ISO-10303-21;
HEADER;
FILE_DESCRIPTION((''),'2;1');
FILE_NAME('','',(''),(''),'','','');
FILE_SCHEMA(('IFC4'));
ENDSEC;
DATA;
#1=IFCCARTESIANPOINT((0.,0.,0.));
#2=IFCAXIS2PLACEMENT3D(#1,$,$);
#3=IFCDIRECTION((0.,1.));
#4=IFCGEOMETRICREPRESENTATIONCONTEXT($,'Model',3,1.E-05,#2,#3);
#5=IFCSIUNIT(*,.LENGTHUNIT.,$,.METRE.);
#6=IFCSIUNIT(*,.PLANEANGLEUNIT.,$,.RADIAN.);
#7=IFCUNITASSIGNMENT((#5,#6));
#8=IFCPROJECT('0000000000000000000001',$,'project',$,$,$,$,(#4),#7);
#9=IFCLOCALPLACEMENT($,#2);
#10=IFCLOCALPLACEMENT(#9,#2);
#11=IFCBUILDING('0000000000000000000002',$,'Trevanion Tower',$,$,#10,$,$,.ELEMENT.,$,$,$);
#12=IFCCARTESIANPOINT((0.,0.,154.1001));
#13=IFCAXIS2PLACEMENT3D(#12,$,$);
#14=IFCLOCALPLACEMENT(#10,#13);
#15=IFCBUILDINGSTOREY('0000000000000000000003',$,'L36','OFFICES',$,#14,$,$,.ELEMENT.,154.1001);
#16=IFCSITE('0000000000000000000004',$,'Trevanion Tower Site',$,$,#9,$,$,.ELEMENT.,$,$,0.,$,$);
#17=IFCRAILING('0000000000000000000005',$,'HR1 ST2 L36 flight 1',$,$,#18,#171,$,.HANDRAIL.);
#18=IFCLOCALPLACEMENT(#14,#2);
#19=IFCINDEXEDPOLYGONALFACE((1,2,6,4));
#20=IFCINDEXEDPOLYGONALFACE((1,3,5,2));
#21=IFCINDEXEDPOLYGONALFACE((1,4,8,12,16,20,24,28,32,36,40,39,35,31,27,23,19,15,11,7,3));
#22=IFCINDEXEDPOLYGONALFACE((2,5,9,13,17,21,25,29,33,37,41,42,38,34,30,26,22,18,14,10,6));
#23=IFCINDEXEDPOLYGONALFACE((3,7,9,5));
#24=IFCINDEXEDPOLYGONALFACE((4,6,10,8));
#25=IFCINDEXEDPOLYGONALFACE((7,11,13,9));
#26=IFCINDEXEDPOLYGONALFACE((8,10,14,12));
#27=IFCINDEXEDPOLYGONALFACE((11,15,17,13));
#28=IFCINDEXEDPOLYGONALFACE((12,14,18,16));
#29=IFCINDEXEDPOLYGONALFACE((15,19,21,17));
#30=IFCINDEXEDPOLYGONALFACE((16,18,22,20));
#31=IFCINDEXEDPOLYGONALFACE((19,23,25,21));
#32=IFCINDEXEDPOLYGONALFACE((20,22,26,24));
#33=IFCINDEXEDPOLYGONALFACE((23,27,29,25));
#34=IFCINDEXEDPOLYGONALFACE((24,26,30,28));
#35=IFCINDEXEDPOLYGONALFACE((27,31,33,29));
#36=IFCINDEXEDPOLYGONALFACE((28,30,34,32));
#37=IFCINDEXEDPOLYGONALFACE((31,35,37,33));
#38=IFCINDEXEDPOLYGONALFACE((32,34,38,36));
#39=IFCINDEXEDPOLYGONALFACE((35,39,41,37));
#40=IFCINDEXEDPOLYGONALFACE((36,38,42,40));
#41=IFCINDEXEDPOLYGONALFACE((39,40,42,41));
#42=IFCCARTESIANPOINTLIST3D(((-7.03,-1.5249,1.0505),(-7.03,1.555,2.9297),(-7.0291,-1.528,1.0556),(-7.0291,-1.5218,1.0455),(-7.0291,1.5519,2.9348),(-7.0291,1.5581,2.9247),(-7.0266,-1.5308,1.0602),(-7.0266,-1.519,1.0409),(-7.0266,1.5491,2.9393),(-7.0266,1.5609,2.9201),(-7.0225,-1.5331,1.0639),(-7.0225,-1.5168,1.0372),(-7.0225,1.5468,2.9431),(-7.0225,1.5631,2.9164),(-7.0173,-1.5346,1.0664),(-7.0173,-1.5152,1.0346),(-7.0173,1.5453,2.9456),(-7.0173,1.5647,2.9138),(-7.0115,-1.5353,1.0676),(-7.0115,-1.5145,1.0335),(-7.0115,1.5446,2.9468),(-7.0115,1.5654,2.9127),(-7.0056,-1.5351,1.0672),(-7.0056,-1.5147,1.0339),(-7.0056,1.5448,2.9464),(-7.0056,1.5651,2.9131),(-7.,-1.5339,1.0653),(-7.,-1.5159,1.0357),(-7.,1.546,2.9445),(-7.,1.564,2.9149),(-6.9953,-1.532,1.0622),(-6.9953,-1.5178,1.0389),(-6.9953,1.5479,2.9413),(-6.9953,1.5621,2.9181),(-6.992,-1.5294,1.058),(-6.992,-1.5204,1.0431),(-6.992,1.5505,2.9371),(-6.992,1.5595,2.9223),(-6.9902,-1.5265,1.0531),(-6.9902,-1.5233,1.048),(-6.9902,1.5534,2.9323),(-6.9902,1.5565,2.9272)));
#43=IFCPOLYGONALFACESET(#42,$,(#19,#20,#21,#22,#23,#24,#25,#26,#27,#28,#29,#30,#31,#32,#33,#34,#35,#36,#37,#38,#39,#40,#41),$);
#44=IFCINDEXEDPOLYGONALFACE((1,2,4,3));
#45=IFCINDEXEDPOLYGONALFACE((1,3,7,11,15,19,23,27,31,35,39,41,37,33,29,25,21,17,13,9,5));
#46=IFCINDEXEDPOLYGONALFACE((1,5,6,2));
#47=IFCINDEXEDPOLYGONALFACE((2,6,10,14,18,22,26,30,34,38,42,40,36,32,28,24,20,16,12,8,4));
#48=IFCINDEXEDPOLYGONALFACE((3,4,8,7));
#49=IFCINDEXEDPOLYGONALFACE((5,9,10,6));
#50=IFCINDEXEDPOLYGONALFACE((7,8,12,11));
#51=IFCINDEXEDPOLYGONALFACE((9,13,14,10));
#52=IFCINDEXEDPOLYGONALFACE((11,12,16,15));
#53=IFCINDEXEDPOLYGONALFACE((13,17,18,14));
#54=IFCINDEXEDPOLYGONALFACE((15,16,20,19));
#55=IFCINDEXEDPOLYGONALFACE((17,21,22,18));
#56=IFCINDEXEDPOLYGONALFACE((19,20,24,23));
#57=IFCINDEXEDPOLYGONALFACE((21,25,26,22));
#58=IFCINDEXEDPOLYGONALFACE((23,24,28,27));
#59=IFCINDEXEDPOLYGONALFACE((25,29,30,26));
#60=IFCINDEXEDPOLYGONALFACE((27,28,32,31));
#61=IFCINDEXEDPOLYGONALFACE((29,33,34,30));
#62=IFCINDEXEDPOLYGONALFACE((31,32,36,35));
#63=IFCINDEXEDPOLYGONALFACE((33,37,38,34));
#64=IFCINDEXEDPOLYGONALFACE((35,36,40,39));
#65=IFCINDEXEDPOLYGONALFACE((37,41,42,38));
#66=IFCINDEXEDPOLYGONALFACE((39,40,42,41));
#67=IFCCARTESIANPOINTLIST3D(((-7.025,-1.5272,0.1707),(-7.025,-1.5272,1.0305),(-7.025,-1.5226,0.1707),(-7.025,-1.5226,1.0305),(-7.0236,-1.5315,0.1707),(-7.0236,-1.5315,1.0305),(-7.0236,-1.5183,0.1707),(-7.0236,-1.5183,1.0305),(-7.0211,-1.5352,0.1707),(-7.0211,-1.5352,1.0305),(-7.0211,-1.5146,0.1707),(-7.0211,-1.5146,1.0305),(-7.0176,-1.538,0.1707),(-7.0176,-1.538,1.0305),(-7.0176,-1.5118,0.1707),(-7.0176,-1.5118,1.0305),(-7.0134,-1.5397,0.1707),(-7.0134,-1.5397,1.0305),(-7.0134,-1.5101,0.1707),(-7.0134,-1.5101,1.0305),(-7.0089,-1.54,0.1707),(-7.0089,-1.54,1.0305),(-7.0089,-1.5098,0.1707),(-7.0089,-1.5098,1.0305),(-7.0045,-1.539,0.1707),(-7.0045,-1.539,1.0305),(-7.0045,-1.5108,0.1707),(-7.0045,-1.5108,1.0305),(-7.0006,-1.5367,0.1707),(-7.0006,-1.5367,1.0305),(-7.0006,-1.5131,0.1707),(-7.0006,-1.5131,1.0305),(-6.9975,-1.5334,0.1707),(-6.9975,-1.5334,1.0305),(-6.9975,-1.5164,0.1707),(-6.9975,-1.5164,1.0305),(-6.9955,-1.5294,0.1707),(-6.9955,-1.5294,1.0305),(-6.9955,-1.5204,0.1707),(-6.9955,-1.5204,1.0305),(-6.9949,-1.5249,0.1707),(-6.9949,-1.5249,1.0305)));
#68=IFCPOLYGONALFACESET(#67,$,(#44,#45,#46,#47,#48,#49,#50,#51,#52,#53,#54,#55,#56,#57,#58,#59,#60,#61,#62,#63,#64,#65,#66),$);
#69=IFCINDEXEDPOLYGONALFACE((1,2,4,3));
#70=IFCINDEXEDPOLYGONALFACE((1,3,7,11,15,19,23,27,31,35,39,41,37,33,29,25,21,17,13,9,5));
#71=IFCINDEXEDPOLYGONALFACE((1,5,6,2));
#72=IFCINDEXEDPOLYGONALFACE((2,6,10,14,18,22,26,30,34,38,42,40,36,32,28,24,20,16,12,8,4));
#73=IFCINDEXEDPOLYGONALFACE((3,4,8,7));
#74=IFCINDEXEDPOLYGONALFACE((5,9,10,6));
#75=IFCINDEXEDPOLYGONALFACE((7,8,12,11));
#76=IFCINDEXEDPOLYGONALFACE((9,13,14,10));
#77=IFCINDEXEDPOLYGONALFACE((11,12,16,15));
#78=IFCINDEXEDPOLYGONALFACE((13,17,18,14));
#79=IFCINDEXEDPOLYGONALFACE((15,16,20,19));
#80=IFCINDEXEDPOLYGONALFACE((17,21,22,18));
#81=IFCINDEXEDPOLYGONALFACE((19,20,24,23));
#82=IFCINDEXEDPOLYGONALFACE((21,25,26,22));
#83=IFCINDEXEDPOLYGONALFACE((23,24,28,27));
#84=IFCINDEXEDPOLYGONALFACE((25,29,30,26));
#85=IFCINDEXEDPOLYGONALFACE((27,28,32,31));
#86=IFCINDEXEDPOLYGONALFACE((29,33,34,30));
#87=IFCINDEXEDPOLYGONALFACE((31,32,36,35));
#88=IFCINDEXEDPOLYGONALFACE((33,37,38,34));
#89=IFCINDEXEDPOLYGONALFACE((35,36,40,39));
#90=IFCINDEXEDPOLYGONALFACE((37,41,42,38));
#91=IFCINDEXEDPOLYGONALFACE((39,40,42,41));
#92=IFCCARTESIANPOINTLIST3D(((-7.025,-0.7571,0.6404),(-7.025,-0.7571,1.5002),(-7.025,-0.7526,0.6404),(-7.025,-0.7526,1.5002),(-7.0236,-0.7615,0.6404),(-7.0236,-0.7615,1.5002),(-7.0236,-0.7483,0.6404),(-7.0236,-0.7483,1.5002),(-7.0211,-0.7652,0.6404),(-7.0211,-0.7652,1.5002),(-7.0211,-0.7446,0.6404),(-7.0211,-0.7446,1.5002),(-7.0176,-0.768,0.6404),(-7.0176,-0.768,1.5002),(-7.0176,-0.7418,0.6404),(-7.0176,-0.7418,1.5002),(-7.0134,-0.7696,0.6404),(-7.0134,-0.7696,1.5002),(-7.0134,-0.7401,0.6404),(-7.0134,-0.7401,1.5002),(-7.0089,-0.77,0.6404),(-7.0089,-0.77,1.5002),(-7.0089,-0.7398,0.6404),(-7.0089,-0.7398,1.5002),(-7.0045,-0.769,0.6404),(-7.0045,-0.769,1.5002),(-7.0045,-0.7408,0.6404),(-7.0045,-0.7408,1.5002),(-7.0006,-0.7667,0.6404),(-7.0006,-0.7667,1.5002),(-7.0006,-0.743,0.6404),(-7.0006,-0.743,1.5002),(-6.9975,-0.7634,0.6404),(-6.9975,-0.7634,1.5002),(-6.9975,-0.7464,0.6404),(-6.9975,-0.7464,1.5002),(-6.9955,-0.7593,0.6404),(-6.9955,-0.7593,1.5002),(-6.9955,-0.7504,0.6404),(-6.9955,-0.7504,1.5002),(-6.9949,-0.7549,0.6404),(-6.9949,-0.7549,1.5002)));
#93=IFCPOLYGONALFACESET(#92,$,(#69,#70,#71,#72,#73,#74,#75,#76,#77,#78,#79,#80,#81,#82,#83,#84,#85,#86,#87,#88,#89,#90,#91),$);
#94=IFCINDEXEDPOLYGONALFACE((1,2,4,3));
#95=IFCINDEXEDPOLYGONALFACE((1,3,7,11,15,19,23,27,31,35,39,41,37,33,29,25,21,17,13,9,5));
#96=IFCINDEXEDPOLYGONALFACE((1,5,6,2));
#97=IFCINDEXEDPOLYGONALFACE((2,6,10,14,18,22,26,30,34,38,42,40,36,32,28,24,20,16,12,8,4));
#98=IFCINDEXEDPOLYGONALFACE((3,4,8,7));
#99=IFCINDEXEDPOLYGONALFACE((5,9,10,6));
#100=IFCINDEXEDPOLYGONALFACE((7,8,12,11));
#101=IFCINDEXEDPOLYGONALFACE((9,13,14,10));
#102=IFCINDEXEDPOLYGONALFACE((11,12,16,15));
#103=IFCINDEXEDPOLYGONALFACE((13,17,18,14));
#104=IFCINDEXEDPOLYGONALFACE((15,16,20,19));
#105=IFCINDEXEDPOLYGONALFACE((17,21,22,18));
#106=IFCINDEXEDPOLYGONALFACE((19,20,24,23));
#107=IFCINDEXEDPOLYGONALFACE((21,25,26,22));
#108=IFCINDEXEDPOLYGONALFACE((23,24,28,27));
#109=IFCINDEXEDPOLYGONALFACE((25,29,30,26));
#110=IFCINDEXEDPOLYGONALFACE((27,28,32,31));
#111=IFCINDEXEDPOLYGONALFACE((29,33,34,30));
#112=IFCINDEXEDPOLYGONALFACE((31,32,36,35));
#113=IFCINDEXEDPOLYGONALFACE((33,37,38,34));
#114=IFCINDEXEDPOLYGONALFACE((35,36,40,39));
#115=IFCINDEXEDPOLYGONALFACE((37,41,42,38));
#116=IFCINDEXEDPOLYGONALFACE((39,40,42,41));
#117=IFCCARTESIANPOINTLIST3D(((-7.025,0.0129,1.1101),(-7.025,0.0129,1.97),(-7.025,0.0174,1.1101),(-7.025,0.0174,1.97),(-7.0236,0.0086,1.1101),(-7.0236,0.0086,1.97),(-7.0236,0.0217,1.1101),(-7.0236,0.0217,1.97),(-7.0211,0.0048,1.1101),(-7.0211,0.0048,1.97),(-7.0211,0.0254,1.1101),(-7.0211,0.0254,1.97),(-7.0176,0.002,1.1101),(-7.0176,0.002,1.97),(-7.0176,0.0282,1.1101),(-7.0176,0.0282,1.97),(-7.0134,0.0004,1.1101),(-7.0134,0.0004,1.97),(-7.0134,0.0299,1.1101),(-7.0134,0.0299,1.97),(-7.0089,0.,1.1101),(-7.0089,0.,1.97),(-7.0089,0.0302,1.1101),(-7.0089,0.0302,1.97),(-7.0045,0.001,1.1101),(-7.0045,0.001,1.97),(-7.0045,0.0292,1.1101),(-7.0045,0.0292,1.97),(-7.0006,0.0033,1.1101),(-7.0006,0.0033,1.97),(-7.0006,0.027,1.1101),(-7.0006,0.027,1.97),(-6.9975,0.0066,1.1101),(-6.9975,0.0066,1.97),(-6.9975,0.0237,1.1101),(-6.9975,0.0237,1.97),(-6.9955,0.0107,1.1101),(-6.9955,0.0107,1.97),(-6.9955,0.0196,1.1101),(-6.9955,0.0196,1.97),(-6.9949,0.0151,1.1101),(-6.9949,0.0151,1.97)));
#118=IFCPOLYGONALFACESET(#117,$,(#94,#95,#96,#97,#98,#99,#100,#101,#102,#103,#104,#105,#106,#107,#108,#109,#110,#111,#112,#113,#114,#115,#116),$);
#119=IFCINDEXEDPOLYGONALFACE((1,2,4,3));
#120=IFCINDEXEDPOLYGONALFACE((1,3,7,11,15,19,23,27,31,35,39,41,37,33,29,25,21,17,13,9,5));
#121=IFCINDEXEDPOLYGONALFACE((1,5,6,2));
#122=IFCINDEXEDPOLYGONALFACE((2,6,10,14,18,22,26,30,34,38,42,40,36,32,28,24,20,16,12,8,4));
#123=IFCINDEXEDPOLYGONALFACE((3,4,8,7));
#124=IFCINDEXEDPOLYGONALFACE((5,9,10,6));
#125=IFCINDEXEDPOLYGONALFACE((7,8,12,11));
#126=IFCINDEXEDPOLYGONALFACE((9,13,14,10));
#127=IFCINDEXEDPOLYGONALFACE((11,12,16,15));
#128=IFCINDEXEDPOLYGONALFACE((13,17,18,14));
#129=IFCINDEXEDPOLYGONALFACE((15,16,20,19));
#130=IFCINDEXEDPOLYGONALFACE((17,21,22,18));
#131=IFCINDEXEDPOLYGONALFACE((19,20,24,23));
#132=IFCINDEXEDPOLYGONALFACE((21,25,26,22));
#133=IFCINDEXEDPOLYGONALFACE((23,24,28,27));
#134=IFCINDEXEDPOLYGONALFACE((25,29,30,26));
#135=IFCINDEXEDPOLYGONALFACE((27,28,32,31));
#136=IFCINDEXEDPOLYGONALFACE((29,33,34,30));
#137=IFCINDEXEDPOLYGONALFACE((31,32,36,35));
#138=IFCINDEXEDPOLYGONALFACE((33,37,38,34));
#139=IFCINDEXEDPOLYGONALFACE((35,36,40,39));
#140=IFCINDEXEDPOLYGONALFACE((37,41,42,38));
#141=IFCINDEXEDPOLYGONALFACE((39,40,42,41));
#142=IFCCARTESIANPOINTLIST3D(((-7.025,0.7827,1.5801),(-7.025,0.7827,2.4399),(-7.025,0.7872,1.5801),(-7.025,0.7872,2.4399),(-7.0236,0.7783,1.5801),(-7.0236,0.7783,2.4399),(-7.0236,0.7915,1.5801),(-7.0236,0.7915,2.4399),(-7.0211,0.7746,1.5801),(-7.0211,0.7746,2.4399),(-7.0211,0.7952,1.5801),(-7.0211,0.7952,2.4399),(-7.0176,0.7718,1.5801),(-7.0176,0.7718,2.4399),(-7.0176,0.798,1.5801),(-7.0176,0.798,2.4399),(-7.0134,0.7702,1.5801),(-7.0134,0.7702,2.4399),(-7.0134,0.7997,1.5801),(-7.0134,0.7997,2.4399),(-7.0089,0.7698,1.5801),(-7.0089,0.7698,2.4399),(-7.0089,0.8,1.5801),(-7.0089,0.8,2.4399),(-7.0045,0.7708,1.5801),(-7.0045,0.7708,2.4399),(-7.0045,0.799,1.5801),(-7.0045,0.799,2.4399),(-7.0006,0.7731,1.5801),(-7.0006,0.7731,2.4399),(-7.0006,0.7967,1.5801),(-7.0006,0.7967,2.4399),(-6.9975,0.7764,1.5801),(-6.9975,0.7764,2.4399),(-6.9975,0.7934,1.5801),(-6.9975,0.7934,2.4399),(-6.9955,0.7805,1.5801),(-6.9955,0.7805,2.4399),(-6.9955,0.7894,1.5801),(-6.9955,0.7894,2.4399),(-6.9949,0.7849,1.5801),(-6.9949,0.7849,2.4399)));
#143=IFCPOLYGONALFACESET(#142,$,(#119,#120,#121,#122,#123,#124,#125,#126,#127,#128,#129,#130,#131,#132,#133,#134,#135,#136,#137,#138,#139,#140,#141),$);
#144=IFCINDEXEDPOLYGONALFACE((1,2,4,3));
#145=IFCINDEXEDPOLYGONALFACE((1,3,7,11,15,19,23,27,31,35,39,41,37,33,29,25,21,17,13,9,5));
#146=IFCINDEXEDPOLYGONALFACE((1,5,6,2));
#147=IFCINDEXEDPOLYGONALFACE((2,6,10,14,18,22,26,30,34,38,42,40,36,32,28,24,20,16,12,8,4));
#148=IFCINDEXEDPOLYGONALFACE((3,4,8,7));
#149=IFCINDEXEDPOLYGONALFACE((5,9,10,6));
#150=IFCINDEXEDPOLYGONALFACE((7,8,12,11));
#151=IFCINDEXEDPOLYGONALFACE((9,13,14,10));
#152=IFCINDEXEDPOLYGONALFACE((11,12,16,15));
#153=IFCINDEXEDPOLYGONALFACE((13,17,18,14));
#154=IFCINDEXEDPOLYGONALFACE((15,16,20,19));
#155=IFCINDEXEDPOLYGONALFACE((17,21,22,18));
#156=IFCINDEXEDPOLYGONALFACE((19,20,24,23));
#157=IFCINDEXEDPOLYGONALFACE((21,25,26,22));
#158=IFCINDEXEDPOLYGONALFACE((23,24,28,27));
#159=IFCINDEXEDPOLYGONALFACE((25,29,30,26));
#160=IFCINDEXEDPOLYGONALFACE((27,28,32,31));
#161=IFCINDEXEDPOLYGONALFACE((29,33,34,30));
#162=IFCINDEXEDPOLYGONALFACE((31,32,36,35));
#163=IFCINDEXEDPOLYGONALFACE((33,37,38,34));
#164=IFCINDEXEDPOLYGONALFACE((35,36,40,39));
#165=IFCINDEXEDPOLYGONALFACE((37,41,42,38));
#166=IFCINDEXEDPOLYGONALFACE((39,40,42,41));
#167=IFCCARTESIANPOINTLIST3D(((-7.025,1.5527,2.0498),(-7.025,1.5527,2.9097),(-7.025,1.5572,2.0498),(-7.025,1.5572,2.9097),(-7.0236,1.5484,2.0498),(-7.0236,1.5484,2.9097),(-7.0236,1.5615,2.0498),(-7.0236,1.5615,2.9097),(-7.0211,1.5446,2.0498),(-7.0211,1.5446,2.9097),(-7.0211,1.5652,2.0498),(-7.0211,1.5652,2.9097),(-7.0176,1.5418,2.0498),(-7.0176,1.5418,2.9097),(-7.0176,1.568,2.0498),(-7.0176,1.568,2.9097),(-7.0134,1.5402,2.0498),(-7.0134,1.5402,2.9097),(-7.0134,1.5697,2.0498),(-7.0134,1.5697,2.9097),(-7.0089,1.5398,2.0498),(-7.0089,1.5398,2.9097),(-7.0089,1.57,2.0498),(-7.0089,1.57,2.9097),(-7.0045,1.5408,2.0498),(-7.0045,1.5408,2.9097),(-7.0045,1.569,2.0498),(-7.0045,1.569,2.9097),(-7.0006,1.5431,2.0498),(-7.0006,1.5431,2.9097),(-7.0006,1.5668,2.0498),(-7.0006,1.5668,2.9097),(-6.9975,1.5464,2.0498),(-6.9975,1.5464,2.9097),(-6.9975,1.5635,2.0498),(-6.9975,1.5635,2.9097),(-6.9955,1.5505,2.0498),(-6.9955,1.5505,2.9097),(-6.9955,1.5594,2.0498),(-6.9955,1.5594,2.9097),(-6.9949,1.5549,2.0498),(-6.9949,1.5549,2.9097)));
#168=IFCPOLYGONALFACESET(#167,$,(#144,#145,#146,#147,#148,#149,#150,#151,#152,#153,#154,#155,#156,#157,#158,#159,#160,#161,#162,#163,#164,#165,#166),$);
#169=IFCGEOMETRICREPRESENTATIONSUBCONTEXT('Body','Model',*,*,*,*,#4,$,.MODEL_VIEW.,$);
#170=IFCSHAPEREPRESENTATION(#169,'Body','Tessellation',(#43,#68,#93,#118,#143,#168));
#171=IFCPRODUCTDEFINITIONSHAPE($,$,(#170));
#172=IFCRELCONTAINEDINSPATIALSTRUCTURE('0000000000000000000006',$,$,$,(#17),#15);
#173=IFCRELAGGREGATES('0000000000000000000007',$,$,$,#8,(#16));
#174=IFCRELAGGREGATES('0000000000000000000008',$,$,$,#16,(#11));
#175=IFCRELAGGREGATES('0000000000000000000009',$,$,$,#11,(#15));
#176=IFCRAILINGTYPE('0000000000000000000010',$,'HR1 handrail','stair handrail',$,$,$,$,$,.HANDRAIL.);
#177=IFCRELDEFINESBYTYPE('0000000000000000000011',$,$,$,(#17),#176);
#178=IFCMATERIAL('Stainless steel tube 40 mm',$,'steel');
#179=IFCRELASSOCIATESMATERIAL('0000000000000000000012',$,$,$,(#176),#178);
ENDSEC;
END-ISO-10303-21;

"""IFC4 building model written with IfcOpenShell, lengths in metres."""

from ifc_helpers import new_model, si_unit, direction, frame, origin, origin_2d, place, context, subcontext, project, spatial, circle, extrude, material, type_object, element, save


model = new_model("IFC4")

# Units and contexts
model_context = context("Model", 3, precision=1e-05, world=origin(), true_north=direction((0.0, 1.0)))
body_context = subcontext(model_context, "Body", "Model", "MODEL_VIEW")
ifc_project = project(units=[si_unit("LENGTHUNIT", "METRE"), si_unit("PLANEANGLEUNIT", "RADIAN")], contexts=[model_context])

# Site, building, storey
site_placement = place(None, origin())
site = spatial("IfcSite", under=ifc_project, at=site_placement, Name="Trevanion Tower Site", CompositionType="ELEMENT", RefElevation=0.0)
building_placement = place(site_placement, origin())
building = spatial("IfcBuilding", under=site, at=building_placement, Name="Trevanion Tower", CompositionType="ELEMENT")
storey_placement = place(building_placement, frame((0.0, 0.0, 154.1001)))
storey = spatial("IfcBuildingStorey", under=building, at=storey_placement, Name="L36", Description="OFFICES", CompositionType="ELEMENT", Elevation=154.1001)

# Railing
ifc_material_1 = material(Name="Stainless steel tube 40 mm", Category="steel")
railing_type = type_object("IfcRailingType", Name="HR1 handrail", Description="stair handrail", PredefinedType="HANDRAIL", material=ifc_material_1)
for number, where, name in (
    (1, (-7.01, -1.5249, 0.1707), "HR1 ST2 L36 flight 1"),
):
    element("IfcRailing", number, at=place(storey_placement, frame(where)), inside=storey, type_object=railing_type, Name=name, PredefinedType="HANDRAIL", context=body_context, shape_type="SweptSolid", body=[
        extrude(circle(Radius=0.02, at=origin_2d()), frame((0.0, 0.0, 0.8799), z_axis=(0.0, 0.853648, 0.52085), x_axis=(-1.0, 0.0, 0.0)), (0.0, 0.0, 1.0), 3.6079),
        extrude(circle(Radius=0.0151, at=origin_2d()), origin(), (0.0, 0.0, 1.0), 0.8599),
        extrude(circle(Radius=0.0151, at=origin_2d()), frame((0.0, 0.77, 0.4697)), (0.0, 0.0, 1.0), 0.8599),
        extrude(circle(Radius=0.0151, at=origin_2d()), frame((0.0, 1.54, 0.9395)), (0.0, 0.0, 1.0), 0.8599),
        extrude(circle(Radius=0.0151, at=origin_2d()), frame((0.0, 2.3098, 1.4094)), (0.0, 0.0, 1.0), 0.8599),
        extrude(circle(Radius=0.0151, at=origin_2d()), frame((0.0, 3.0798, 1.8792)), (0.0, 0.0, 1.0), 0.8599),
    ])

save(model, "model.ifc")
